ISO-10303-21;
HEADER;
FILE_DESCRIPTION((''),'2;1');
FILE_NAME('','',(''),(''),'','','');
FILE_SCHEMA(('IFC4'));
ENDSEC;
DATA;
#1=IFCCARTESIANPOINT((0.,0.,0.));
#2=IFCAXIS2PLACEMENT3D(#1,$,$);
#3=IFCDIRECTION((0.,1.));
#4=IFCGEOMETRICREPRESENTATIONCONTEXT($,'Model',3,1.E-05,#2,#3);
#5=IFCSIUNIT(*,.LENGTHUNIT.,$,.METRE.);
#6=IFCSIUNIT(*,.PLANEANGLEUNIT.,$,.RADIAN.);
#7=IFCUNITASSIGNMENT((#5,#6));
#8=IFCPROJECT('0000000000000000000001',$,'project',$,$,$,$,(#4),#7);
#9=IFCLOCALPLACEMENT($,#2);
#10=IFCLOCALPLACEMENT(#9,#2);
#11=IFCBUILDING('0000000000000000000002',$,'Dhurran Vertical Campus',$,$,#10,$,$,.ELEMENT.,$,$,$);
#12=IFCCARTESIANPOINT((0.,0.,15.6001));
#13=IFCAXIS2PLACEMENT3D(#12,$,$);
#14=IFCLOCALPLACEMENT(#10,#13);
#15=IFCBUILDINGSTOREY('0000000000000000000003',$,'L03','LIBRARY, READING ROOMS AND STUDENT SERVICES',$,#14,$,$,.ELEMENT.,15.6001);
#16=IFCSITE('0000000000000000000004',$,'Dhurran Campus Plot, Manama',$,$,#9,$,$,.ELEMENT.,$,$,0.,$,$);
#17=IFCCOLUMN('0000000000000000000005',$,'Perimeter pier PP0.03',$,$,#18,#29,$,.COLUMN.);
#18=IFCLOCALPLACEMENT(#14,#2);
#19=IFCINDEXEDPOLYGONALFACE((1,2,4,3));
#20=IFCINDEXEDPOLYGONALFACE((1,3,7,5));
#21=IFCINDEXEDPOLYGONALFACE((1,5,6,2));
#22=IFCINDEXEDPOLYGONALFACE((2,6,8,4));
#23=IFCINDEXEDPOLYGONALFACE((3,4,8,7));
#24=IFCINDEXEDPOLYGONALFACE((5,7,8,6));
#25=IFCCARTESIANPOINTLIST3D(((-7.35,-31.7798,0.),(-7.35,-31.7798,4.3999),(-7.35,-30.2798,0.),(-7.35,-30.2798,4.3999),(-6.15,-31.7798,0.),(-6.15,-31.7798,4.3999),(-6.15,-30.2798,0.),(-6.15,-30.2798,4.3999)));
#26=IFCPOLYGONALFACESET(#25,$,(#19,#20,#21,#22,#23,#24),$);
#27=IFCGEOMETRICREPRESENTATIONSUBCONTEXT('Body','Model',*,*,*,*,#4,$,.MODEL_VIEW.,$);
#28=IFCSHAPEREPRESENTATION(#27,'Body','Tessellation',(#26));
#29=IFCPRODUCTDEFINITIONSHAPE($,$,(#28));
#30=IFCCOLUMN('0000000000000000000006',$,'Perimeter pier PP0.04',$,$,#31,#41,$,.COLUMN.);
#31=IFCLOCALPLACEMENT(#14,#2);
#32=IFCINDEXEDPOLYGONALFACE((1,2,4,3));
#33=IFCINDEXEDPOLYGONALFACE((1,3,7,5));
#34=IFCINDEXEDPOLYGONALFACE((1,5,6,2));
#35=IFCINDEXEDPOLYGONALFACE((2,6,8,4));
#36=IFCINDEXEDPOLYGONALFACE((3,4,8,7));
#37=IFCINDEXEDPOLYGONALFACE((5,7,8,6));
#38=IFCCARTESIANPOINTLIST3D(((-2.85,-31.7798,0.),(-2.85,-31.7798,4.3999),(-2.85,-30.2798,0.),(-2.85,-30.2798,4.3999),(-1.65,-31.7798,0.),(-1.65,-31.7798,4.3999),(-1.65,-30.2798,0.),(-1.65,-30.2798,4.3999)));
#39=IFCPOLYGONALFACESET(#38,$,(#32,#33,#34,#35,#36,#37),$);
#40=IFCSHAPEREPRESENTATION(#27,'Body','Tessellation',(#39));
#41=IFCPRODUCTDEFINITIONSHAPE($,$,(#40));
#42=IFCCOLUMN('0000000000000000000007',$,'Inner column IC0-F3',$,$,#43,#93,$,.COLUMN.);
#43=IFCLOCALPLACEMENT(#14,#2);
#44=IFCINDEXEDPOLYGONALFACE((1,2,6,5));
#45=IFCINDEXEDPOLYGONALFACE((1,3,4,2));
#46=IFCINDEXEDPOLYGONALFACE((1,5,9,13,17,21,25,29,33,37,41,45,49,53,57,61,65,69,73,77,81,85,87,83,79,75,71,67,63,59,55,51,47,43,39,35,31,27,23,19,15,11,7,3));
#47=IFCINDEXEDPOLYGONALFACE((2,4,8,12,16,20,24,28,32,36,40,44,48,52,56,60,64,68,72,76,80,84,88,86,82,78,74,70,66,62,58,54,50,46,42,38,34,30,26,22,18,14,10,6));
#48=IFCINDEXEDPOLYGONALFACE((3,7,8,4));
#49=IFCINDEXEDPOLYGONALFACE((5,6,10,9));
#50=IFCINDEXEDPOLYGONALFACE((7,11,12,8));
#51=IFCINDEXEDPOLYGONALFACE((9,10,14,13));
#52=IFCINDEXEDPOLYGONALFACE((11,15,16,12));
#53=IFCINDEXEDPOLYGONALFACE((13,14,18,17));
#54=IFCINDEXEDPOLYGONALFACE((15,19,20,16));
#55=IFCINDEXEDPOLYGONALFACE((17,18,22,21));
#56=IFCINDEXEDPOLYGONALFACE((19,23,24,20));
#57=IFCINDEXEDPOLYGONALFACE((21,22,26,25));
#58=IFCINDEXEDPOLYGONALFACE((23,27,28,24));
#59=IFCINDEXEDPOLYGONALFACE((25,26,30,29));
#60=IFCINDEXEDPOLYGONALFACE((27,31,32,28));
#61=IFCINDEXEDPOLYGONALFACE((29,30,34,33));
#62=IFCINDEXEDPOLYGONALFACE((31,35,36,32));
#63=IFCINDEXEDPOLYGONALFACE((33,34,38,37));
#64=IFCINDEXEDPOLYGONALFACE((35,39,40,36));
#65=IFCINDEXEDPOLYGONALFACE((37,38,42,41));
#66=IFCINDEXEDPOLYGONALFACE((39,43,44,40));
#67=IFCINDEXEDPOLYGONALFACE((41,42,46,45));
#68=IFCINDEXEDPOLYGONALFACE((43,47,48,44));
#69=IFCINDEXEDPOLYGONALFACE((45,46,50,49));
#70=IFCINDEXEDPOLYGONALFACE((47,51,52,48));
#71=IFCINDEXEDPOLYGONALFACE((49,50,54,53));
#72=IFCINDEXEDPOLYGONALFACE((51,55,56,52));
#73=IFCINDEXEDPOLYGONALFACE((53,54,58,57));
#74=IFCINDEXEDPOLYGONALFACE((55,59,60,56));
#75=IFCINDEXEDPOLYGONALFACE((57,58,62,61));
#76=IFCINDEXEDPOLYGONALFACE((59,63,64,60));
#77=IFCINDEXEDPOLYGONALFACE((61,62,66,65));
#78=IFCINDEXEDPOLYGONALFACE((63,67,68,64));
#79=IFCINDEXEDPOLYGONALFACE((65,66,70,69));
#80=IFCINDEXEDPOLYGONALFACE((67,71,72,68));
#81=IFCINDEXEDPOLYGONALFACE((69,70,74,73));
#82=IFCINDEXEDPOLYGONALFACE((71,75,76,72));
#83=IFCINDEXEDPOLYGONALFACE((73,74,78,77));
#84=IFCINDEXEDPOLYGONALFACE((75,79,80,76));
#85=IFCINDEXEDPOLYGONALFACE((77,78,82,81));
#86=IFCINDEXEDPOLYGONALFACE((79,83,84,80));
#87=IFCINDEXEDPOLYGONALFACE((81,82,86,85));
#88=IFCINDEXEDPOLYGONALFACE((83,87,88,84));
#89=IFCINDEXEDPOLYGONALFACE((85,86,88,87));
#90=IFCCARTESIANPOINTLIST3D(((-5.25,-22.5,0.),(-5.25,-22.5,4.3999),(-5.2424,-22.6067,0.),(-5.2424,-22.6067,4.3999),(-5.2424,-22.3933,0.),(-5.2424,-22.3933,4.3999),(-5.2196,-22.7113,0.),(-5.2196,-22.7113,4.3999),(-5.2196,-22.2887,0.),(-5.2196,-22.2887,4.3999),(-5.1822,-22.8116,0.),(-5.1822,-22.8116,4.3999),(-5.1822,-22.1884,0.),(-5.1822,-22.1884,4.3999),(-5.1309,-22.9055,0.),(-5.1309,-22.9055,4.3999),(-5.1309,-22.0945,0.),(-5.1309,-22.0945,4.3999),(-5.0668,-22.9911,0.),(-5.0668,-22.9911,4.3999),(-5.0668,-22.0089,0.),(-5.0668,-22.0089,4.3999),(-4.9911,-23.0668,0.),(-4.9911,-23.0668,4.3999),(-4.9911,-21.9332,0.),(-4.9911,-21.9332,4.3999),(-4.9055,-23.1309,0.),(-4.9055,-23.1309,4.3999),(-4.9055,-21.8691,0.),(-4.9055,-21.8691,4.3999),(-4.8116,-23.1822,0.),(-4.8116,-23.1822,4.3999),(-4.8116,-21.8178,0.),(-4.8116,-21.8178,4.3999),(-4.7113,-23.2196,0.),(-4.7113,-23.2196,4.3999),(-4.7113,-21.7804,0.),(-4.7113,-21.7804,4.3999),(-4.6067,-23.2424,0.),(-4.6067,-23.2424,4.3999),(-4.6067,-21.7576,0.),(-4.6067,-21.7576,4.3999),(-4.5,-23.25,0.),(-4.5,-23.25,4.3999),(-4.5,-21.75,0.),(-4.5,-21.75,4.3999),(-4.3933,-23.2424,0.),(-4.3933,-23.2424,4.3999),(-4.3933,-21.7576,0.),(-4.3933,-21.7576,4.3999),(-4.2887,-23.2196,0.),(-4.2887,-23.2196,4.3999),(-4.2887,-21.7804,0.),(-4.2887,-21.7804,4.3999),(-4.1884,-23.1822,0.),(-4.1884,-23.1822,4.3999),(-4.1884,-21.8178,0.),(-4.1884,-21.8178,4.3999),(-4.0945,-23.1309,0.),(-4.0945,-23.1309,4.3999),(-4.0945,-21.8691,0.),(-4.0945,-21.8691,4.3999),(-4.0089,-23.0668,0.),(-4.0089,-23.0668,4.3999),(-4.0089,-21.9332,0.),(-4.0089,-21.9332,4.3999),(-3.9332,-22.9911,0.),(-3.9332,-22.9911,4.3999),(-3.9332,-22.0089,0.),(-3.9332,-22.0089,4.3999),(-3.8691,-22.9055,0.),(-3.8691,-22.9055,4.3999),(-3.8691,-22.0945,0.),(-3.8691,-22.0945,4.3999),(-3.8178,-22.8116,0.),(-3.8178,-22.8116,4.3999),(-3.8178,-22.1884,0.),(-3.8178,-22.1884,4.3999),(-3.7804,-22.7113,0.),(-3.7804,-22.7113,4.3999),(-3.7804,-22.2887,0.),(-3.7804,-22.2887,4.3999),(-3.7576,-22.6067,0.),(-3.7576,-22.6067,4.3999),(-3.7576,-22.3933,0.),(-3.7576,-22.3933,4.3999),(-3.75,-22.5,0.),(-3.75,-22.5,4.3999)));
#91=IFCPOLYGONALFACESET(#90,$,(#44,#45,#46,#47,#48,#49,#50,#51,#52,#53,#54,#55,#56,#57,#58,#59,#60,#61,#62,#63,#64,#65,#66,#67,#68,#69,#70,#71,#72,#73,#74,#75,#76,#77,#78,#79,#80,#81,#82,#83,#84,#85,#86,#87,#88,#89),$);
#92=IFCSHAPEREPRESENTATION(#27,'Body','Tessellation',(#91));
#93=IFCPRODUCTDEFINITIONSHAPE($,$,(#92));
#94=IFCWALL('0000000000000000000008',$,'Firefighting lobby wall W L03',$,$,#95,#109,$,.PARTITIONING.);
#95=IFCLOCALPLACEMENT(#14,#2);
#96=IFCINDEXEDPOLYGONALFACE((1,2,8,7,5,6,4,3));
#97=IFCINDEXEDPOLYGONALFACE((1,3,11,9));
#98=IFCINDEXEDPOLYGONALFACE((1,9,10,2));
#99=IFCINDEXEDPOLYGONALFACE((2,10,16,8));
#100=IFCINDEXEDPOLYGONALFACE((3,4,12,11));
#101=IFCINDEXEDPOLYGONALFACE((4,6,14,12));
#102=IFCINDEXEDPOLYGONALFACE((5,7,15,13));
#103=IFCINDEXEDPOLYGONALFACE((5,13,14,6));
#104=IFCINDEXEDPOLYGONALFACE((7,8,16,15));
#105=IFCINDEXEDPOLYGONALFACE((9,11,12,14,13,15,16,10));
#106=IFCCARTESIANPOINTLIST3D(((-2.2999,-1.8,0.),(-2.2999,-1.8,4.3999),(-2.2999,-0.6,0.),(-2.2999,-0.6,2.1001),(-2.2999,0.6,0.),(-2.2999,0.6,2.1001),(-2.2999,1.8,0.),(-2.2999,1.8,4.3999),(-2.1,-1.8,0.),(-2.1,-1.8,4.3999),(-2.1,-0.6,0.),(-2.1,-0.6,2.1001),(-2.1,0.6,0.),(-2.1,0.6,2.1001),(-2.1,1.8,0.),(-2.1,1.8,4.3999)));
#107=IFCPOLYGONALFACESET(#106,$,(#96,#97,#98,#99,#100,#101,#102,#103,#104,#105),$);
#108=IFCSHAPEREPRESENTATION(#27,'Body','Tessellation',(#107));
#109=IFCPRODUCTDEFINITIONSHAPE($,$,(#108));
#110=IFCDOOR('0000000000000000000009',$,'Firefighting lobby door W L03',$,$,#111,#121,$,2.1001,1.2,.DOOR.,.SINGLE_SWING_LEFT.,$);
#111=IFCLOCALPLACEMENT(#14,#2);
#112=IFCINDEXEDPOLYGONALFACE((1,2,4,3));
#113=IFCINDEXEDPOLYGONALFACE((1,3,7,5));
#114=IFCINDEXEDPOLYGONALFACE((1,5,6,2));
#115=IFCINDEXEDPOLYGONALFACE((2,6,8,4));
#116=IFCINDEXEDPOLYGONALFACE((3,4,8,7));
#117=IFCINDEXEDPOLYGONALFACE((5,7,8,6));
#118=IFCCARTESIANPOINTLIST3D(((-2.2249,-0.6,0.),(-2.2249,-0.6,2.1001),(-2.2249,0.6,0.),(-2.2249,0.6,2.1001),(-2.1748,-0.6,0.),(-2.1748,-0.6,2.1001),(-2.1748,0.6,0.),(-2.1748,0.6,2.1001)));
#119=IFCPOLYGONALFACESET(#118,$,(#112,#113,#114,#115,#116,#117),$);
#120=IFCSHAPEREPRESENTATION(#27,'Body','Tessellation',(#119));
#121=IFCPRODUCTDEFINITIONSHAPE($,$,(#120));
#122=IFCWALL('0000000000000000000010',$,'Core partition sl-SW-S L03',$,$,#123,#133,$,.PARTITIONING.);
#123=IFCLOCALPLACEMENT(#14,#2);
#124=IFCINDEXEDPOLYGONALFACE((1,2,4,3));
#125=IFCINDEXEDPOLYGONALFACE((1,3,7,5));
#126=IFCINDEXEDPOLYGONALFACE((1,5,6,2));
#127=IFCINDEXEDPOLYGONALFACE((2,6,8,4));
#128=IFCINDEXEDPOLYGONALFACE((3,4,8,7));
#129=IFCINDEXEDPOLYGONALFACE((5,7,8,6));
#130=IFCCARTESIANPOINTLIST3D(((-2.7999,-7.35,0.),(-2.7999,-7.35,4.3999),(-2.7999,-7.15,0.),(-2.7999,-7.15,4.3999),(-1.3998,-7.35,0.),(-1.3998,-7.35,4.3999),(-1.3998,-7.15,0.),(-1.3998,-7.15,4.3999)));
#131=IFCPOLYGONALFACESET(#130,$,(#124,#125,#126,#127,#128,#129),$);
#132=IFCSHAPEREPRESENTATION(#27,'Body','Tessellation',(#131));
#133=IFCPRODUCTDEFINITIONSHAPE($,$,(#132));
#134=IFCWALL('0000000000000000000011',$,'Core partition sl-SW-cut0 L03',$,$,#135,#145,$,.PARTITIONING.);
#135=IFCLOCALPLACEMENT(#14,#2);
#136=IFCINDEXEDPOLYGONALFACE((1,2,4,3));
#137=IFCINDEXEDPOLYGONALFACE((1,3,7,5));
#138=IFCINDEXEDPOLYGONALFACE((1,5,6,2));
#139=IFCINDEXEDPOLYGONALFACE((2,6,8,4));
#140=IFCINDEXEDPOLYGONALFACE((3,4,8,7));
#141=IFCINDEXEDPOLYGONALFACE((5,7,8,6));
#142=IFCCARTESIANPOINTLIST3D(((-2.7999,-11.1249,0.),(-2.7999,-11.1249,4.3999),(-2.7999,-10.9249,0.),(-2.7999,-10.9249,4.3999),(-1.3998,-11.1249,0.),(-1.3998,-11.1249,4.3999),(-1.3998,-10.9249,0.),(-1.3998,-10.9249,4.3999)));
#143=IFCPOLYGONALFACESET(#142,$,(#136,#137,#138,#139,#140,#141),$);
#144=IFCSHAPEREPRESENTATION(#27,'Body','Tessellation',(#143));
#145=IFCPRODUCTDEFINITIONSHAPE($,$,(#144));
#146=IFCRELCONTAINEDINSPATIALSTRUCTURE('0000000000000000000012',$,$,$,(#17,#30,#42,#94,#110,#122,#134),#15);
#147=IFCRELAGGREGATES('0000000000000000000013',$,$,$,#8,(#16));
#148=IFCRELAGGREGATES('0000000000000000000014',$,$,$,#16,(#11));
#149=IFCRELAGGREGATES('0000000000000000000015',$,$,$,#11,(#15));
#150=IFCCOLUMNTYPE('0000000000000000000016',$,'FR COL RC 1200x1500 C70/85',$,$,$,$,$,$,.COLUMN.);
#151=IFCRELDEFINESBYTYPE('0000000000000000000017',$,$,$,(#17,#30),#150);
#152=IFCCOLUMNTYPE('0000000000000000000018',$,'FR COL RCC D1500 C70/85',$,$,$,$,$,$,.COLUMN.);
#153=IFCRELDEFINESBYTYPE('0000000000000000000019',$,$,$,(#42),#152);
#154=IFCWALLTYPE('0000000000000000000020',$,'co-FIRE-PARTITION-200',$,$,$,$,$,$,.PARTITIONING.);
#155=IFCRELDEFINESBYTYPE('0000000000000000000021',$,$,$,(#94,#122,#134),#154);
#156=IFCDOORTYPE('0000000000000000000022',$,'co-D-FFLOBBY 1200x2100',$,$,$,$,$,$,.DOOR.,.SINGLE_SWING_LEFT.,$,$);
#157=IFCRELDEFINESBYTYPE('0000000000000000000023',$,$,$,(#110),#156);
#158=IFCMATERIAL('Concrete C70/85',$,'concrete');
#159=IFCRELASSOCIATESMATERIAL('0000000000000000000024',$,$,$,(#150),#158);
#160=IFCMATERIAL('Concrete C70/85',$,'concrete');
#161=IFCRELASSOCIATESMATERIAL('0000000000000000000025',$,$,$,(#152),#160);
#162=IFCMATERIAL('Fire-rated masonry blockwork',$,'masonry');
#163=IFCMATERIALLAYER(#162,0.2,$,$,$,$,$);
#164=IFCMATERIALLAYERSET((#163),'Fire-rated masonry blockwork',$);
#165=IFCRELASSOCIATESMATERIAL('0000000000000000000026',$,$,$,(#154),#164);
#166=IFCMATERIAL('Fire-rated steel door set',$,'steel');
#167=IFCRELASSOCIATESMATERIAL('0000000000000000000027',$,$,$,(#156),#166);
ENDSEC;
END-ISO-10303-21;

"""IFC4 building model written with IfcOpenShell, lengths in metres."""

from ifc_helpers import new_model, si_unit, direction, frame, frame_2d, origin, origin_2d, place, context, subcontext, project, spatial, rectangle, circle, extrude, material, layer, layer_set, material_profile, profile_set, type_object, element, fill, save


model = new_model("IFC4")

# Units and contexts
model_context = context("Model", 3, precision=1e-05, world=origin(), true_north=direction((0.0, 1.0)))
body_context = subcontext(model_context, "Body", "Model", "MODEL_VIEW")
ifc_project = project(units=[si_unit("LENGTHUNIT", "METRE"), si_unit("PLANEANGLEUNIT", "RADIAN")], contexts=[model_context])

# Site, building, storey
site_placement = place(None, origin())
site = spatial("IfcSite", under=ifc_project, at=site_placement, Name="Dhurran Campus Plot, Manama", CompositionType="ELEMENT", RefElevation=0.0)
building_placement = place(site_placement, origin())
building = spatial("IfcBuilding", under=site, at=building_placement, Name="Dhurran Vertical Campus", CompositionType="ELEMENT")
storey_placement = place(building_placement, frame((0.0, 0.0, 15.6001)))
storey = spatial("IfcBuildingStorey", under=building, at=storey_placement, Name="L03", Description="LIBRARY, READING ROOMS AND STUDENT SERVICES", CompositionType="ELEMENT", Elevation=15.6001)

# Columns
ifc_material_1 = material(Name="Concrete C70/85", Category="concrete")
ifc_material_profile_1 = material_profile(ifc_material_1, rectangle(XDim=1.2, YDim=1.5, at=origin_2d()), Name="RC 1200x1500")
ifc_profile_set_1 = profile_set([ifc_material_profile_1], Name="Concrete C70/85")
column_type_1 = type_object("IfcColumnType", Name="FR COL RC 1200x1500 C70/85", PredefinedType="COLUMN", material=ifc_profile_set_1)
for number, where, z_axis, x_axis, name in (
    (1, (-6.75, -31.0298, 0.0), (0.0, 0.0, 1.0), (1.0, 0.0, 0.0), "Perimeter pier PP0.03"),
    (2, (-2.25, -31.0298, 0.0), (0.0, 0.0, 1.0), (1.0, 0.0, 0.0), "Perimeter pier PP0.04"),
):
    element("IfcColumn", number, at=place(storey_placement, frame(where, z_axis=z_axis, x_axis=x_axis)), inside=storey, type_object=column_type_1, Name=name, PredefinedType="COLUMN", context=body_context, shape_type="SweptSolid", body=[
        extrude(rectangle(XDim=1.2, YDim=1.5, at=origin_2d()), origin(), (0.0, 0.0, 1.0), 4.3999),
    ])
ifc_material_2 = material(Name="Concrete C70/85", Category="concrete")
ifc_material_profile_2 = material_profile(ifc_material_2, circle(Radius=0.75, at=origin_2d()), Name="RCC D1500")
ifc_profile_set_2 = profile_set([ifc_material_profile_2], Name="Concrete C70/85")
column_type_2 = type_object("IfcColumnType", Name="FR COL RCC D1500 C70/85", PredefinedType="COLUMN", material=ifc_profile_set_2)
column_placement = place(storey_placement, frame((-4.5, -22.5, 0.0), z_axis=(0.0, 0.0, 1.0), x_axis=(1.0, 0.0, 0.0)))
element("IfcColumn", 3, at=column_placement, inside=storey, type_object=column_type_2, Name="Inner column IC0-F3", PredefinedType="COLUMN", context=body_context, shape_type="SweptSolid", body=[
    extrude(circle(Radius=0.75, at=origin_2d()), origin(), (0.0, 0.0, 1.0), 4.3999),
])

# Wall, opening, door
ifc_material_3 = material(Name="Fire-rated masonry blockwork", Category="masonry")
ifc_layer_1 = layer(ifc_material_3, 0.2)
ifc_layer_set_1 = layer_set([ifc_layer_1], Name="Fire-rated masonry blockwork")
wall_type_1 = type_object("IfcWallType", Name="co-FIRE-PARTITION-200", PredefinedType="PARTITIONING", material=ifc_layer_set_1)
wall_1_placement = place(storey_placement, frame((-2.2, -1.8, 0.0), z_axis=(0.0, 0.0, 1.0), x_axis=(0.0, 1.0, 0.0)))
wall_1 = element("IfcWall", 4, at=wall_1_placement, inside=storey, type_object=wall_type_1, Name="Firefighting lobby wall W L03", PredefinedType="PARTITIONING", context=body_context, shape_type="SweptSolid", body=[
    extrude(rectangle(XDim=3.6001, YDim=0.2, at=frame_2d((1.8, 0.0))), origin(), (0.0, 0.0, 1.0), 4.3999),
])
opening_1_placement = place(wall_1_placement, frame((1.2, 0.0, 0.0)))
opening_1 = element("IfcOpeningElement", 5, at=opening_1_placement, cuts=wall_1, PredefinedType="OPENING", context=body_context, shape_type="SweptSolid", body=[
    extrude(rectangle(XDim=1.2, YDim=2.1001, at=frame_2d((0.6001, 1.05))), frame((0.0, 0.1099, 0.0), z_axis=(0.0, -1.0, 0.0), x_axis=(1.0, 0.0, 0.0)), (0.0, 0.0, 1.0), 0.22),
])
ifc_material_4 = material(Name="Fire-rated steel door set", Category="steel")
door_type_1 = type_object("IfcDoorType", Name="co-D-FFLOBBY 1200x2100", OperationType="SINGLE_SWING_LEFT", PredefinedType="DOOR", material=ifc_material_4)
door_1_placement = place(opening_1_placement, origin())
door_1 = element("IfcDoor", 6, at=door_1_placement, inside=storey, type_object=door_type_1, Name="Firefighting lobby door W L03", OperationType="SINGLE_SWING_LEFT", OverallHeight=2.1001, OverallWidth=1.2, PredefinedType="DOOR", context=body_context, shape_type="SweptSolid", body=[
    extrude(rectangle(XDim=1.2, YDim=2.1001, at=frame_2d((0.6001, 1.05))), frame((0.0, 0.0249, 0.0), z_axis=(0.0, -1.0, 0.0), x_axis=(1.0, 0.0, 0.0)), (0.0, 0.0, 1.0), 0.05),
])
fill(opening_1, door_1)

# Walls
for number, where, z_axis, x_axis, name in (
    (7, (-2.8, -7.25, 0.0), (0.0, 0.0, 1.0), (1.0, 0.0, 0.0), "Core partition sl-SW-S L03"),
    (8, (-2.8, -11.0249, 0.0), (0.0, 0.0, 1.0), (1.0, 0.0, 0.0), "Core partition sl-SW-cut0 L03"),
):
    element("IfcWall", number, at=place(storey_placement, frame(where, z_axis=z_axis, x_axis=x_axis)), inside=storey, type_object=wall_type_1, Name=name, PredefinedType="PARTITIONING", context=body_context, shape_type="SweptSolid", body=[
        extrude(rectangle(XDim=1.4001, YDim=0.2, at=frame_2d((0.7002, 0.0))), origin(), (0.0, 0.0, 1.0), 4.3999),
    ])

save(model, "model.ifc")
